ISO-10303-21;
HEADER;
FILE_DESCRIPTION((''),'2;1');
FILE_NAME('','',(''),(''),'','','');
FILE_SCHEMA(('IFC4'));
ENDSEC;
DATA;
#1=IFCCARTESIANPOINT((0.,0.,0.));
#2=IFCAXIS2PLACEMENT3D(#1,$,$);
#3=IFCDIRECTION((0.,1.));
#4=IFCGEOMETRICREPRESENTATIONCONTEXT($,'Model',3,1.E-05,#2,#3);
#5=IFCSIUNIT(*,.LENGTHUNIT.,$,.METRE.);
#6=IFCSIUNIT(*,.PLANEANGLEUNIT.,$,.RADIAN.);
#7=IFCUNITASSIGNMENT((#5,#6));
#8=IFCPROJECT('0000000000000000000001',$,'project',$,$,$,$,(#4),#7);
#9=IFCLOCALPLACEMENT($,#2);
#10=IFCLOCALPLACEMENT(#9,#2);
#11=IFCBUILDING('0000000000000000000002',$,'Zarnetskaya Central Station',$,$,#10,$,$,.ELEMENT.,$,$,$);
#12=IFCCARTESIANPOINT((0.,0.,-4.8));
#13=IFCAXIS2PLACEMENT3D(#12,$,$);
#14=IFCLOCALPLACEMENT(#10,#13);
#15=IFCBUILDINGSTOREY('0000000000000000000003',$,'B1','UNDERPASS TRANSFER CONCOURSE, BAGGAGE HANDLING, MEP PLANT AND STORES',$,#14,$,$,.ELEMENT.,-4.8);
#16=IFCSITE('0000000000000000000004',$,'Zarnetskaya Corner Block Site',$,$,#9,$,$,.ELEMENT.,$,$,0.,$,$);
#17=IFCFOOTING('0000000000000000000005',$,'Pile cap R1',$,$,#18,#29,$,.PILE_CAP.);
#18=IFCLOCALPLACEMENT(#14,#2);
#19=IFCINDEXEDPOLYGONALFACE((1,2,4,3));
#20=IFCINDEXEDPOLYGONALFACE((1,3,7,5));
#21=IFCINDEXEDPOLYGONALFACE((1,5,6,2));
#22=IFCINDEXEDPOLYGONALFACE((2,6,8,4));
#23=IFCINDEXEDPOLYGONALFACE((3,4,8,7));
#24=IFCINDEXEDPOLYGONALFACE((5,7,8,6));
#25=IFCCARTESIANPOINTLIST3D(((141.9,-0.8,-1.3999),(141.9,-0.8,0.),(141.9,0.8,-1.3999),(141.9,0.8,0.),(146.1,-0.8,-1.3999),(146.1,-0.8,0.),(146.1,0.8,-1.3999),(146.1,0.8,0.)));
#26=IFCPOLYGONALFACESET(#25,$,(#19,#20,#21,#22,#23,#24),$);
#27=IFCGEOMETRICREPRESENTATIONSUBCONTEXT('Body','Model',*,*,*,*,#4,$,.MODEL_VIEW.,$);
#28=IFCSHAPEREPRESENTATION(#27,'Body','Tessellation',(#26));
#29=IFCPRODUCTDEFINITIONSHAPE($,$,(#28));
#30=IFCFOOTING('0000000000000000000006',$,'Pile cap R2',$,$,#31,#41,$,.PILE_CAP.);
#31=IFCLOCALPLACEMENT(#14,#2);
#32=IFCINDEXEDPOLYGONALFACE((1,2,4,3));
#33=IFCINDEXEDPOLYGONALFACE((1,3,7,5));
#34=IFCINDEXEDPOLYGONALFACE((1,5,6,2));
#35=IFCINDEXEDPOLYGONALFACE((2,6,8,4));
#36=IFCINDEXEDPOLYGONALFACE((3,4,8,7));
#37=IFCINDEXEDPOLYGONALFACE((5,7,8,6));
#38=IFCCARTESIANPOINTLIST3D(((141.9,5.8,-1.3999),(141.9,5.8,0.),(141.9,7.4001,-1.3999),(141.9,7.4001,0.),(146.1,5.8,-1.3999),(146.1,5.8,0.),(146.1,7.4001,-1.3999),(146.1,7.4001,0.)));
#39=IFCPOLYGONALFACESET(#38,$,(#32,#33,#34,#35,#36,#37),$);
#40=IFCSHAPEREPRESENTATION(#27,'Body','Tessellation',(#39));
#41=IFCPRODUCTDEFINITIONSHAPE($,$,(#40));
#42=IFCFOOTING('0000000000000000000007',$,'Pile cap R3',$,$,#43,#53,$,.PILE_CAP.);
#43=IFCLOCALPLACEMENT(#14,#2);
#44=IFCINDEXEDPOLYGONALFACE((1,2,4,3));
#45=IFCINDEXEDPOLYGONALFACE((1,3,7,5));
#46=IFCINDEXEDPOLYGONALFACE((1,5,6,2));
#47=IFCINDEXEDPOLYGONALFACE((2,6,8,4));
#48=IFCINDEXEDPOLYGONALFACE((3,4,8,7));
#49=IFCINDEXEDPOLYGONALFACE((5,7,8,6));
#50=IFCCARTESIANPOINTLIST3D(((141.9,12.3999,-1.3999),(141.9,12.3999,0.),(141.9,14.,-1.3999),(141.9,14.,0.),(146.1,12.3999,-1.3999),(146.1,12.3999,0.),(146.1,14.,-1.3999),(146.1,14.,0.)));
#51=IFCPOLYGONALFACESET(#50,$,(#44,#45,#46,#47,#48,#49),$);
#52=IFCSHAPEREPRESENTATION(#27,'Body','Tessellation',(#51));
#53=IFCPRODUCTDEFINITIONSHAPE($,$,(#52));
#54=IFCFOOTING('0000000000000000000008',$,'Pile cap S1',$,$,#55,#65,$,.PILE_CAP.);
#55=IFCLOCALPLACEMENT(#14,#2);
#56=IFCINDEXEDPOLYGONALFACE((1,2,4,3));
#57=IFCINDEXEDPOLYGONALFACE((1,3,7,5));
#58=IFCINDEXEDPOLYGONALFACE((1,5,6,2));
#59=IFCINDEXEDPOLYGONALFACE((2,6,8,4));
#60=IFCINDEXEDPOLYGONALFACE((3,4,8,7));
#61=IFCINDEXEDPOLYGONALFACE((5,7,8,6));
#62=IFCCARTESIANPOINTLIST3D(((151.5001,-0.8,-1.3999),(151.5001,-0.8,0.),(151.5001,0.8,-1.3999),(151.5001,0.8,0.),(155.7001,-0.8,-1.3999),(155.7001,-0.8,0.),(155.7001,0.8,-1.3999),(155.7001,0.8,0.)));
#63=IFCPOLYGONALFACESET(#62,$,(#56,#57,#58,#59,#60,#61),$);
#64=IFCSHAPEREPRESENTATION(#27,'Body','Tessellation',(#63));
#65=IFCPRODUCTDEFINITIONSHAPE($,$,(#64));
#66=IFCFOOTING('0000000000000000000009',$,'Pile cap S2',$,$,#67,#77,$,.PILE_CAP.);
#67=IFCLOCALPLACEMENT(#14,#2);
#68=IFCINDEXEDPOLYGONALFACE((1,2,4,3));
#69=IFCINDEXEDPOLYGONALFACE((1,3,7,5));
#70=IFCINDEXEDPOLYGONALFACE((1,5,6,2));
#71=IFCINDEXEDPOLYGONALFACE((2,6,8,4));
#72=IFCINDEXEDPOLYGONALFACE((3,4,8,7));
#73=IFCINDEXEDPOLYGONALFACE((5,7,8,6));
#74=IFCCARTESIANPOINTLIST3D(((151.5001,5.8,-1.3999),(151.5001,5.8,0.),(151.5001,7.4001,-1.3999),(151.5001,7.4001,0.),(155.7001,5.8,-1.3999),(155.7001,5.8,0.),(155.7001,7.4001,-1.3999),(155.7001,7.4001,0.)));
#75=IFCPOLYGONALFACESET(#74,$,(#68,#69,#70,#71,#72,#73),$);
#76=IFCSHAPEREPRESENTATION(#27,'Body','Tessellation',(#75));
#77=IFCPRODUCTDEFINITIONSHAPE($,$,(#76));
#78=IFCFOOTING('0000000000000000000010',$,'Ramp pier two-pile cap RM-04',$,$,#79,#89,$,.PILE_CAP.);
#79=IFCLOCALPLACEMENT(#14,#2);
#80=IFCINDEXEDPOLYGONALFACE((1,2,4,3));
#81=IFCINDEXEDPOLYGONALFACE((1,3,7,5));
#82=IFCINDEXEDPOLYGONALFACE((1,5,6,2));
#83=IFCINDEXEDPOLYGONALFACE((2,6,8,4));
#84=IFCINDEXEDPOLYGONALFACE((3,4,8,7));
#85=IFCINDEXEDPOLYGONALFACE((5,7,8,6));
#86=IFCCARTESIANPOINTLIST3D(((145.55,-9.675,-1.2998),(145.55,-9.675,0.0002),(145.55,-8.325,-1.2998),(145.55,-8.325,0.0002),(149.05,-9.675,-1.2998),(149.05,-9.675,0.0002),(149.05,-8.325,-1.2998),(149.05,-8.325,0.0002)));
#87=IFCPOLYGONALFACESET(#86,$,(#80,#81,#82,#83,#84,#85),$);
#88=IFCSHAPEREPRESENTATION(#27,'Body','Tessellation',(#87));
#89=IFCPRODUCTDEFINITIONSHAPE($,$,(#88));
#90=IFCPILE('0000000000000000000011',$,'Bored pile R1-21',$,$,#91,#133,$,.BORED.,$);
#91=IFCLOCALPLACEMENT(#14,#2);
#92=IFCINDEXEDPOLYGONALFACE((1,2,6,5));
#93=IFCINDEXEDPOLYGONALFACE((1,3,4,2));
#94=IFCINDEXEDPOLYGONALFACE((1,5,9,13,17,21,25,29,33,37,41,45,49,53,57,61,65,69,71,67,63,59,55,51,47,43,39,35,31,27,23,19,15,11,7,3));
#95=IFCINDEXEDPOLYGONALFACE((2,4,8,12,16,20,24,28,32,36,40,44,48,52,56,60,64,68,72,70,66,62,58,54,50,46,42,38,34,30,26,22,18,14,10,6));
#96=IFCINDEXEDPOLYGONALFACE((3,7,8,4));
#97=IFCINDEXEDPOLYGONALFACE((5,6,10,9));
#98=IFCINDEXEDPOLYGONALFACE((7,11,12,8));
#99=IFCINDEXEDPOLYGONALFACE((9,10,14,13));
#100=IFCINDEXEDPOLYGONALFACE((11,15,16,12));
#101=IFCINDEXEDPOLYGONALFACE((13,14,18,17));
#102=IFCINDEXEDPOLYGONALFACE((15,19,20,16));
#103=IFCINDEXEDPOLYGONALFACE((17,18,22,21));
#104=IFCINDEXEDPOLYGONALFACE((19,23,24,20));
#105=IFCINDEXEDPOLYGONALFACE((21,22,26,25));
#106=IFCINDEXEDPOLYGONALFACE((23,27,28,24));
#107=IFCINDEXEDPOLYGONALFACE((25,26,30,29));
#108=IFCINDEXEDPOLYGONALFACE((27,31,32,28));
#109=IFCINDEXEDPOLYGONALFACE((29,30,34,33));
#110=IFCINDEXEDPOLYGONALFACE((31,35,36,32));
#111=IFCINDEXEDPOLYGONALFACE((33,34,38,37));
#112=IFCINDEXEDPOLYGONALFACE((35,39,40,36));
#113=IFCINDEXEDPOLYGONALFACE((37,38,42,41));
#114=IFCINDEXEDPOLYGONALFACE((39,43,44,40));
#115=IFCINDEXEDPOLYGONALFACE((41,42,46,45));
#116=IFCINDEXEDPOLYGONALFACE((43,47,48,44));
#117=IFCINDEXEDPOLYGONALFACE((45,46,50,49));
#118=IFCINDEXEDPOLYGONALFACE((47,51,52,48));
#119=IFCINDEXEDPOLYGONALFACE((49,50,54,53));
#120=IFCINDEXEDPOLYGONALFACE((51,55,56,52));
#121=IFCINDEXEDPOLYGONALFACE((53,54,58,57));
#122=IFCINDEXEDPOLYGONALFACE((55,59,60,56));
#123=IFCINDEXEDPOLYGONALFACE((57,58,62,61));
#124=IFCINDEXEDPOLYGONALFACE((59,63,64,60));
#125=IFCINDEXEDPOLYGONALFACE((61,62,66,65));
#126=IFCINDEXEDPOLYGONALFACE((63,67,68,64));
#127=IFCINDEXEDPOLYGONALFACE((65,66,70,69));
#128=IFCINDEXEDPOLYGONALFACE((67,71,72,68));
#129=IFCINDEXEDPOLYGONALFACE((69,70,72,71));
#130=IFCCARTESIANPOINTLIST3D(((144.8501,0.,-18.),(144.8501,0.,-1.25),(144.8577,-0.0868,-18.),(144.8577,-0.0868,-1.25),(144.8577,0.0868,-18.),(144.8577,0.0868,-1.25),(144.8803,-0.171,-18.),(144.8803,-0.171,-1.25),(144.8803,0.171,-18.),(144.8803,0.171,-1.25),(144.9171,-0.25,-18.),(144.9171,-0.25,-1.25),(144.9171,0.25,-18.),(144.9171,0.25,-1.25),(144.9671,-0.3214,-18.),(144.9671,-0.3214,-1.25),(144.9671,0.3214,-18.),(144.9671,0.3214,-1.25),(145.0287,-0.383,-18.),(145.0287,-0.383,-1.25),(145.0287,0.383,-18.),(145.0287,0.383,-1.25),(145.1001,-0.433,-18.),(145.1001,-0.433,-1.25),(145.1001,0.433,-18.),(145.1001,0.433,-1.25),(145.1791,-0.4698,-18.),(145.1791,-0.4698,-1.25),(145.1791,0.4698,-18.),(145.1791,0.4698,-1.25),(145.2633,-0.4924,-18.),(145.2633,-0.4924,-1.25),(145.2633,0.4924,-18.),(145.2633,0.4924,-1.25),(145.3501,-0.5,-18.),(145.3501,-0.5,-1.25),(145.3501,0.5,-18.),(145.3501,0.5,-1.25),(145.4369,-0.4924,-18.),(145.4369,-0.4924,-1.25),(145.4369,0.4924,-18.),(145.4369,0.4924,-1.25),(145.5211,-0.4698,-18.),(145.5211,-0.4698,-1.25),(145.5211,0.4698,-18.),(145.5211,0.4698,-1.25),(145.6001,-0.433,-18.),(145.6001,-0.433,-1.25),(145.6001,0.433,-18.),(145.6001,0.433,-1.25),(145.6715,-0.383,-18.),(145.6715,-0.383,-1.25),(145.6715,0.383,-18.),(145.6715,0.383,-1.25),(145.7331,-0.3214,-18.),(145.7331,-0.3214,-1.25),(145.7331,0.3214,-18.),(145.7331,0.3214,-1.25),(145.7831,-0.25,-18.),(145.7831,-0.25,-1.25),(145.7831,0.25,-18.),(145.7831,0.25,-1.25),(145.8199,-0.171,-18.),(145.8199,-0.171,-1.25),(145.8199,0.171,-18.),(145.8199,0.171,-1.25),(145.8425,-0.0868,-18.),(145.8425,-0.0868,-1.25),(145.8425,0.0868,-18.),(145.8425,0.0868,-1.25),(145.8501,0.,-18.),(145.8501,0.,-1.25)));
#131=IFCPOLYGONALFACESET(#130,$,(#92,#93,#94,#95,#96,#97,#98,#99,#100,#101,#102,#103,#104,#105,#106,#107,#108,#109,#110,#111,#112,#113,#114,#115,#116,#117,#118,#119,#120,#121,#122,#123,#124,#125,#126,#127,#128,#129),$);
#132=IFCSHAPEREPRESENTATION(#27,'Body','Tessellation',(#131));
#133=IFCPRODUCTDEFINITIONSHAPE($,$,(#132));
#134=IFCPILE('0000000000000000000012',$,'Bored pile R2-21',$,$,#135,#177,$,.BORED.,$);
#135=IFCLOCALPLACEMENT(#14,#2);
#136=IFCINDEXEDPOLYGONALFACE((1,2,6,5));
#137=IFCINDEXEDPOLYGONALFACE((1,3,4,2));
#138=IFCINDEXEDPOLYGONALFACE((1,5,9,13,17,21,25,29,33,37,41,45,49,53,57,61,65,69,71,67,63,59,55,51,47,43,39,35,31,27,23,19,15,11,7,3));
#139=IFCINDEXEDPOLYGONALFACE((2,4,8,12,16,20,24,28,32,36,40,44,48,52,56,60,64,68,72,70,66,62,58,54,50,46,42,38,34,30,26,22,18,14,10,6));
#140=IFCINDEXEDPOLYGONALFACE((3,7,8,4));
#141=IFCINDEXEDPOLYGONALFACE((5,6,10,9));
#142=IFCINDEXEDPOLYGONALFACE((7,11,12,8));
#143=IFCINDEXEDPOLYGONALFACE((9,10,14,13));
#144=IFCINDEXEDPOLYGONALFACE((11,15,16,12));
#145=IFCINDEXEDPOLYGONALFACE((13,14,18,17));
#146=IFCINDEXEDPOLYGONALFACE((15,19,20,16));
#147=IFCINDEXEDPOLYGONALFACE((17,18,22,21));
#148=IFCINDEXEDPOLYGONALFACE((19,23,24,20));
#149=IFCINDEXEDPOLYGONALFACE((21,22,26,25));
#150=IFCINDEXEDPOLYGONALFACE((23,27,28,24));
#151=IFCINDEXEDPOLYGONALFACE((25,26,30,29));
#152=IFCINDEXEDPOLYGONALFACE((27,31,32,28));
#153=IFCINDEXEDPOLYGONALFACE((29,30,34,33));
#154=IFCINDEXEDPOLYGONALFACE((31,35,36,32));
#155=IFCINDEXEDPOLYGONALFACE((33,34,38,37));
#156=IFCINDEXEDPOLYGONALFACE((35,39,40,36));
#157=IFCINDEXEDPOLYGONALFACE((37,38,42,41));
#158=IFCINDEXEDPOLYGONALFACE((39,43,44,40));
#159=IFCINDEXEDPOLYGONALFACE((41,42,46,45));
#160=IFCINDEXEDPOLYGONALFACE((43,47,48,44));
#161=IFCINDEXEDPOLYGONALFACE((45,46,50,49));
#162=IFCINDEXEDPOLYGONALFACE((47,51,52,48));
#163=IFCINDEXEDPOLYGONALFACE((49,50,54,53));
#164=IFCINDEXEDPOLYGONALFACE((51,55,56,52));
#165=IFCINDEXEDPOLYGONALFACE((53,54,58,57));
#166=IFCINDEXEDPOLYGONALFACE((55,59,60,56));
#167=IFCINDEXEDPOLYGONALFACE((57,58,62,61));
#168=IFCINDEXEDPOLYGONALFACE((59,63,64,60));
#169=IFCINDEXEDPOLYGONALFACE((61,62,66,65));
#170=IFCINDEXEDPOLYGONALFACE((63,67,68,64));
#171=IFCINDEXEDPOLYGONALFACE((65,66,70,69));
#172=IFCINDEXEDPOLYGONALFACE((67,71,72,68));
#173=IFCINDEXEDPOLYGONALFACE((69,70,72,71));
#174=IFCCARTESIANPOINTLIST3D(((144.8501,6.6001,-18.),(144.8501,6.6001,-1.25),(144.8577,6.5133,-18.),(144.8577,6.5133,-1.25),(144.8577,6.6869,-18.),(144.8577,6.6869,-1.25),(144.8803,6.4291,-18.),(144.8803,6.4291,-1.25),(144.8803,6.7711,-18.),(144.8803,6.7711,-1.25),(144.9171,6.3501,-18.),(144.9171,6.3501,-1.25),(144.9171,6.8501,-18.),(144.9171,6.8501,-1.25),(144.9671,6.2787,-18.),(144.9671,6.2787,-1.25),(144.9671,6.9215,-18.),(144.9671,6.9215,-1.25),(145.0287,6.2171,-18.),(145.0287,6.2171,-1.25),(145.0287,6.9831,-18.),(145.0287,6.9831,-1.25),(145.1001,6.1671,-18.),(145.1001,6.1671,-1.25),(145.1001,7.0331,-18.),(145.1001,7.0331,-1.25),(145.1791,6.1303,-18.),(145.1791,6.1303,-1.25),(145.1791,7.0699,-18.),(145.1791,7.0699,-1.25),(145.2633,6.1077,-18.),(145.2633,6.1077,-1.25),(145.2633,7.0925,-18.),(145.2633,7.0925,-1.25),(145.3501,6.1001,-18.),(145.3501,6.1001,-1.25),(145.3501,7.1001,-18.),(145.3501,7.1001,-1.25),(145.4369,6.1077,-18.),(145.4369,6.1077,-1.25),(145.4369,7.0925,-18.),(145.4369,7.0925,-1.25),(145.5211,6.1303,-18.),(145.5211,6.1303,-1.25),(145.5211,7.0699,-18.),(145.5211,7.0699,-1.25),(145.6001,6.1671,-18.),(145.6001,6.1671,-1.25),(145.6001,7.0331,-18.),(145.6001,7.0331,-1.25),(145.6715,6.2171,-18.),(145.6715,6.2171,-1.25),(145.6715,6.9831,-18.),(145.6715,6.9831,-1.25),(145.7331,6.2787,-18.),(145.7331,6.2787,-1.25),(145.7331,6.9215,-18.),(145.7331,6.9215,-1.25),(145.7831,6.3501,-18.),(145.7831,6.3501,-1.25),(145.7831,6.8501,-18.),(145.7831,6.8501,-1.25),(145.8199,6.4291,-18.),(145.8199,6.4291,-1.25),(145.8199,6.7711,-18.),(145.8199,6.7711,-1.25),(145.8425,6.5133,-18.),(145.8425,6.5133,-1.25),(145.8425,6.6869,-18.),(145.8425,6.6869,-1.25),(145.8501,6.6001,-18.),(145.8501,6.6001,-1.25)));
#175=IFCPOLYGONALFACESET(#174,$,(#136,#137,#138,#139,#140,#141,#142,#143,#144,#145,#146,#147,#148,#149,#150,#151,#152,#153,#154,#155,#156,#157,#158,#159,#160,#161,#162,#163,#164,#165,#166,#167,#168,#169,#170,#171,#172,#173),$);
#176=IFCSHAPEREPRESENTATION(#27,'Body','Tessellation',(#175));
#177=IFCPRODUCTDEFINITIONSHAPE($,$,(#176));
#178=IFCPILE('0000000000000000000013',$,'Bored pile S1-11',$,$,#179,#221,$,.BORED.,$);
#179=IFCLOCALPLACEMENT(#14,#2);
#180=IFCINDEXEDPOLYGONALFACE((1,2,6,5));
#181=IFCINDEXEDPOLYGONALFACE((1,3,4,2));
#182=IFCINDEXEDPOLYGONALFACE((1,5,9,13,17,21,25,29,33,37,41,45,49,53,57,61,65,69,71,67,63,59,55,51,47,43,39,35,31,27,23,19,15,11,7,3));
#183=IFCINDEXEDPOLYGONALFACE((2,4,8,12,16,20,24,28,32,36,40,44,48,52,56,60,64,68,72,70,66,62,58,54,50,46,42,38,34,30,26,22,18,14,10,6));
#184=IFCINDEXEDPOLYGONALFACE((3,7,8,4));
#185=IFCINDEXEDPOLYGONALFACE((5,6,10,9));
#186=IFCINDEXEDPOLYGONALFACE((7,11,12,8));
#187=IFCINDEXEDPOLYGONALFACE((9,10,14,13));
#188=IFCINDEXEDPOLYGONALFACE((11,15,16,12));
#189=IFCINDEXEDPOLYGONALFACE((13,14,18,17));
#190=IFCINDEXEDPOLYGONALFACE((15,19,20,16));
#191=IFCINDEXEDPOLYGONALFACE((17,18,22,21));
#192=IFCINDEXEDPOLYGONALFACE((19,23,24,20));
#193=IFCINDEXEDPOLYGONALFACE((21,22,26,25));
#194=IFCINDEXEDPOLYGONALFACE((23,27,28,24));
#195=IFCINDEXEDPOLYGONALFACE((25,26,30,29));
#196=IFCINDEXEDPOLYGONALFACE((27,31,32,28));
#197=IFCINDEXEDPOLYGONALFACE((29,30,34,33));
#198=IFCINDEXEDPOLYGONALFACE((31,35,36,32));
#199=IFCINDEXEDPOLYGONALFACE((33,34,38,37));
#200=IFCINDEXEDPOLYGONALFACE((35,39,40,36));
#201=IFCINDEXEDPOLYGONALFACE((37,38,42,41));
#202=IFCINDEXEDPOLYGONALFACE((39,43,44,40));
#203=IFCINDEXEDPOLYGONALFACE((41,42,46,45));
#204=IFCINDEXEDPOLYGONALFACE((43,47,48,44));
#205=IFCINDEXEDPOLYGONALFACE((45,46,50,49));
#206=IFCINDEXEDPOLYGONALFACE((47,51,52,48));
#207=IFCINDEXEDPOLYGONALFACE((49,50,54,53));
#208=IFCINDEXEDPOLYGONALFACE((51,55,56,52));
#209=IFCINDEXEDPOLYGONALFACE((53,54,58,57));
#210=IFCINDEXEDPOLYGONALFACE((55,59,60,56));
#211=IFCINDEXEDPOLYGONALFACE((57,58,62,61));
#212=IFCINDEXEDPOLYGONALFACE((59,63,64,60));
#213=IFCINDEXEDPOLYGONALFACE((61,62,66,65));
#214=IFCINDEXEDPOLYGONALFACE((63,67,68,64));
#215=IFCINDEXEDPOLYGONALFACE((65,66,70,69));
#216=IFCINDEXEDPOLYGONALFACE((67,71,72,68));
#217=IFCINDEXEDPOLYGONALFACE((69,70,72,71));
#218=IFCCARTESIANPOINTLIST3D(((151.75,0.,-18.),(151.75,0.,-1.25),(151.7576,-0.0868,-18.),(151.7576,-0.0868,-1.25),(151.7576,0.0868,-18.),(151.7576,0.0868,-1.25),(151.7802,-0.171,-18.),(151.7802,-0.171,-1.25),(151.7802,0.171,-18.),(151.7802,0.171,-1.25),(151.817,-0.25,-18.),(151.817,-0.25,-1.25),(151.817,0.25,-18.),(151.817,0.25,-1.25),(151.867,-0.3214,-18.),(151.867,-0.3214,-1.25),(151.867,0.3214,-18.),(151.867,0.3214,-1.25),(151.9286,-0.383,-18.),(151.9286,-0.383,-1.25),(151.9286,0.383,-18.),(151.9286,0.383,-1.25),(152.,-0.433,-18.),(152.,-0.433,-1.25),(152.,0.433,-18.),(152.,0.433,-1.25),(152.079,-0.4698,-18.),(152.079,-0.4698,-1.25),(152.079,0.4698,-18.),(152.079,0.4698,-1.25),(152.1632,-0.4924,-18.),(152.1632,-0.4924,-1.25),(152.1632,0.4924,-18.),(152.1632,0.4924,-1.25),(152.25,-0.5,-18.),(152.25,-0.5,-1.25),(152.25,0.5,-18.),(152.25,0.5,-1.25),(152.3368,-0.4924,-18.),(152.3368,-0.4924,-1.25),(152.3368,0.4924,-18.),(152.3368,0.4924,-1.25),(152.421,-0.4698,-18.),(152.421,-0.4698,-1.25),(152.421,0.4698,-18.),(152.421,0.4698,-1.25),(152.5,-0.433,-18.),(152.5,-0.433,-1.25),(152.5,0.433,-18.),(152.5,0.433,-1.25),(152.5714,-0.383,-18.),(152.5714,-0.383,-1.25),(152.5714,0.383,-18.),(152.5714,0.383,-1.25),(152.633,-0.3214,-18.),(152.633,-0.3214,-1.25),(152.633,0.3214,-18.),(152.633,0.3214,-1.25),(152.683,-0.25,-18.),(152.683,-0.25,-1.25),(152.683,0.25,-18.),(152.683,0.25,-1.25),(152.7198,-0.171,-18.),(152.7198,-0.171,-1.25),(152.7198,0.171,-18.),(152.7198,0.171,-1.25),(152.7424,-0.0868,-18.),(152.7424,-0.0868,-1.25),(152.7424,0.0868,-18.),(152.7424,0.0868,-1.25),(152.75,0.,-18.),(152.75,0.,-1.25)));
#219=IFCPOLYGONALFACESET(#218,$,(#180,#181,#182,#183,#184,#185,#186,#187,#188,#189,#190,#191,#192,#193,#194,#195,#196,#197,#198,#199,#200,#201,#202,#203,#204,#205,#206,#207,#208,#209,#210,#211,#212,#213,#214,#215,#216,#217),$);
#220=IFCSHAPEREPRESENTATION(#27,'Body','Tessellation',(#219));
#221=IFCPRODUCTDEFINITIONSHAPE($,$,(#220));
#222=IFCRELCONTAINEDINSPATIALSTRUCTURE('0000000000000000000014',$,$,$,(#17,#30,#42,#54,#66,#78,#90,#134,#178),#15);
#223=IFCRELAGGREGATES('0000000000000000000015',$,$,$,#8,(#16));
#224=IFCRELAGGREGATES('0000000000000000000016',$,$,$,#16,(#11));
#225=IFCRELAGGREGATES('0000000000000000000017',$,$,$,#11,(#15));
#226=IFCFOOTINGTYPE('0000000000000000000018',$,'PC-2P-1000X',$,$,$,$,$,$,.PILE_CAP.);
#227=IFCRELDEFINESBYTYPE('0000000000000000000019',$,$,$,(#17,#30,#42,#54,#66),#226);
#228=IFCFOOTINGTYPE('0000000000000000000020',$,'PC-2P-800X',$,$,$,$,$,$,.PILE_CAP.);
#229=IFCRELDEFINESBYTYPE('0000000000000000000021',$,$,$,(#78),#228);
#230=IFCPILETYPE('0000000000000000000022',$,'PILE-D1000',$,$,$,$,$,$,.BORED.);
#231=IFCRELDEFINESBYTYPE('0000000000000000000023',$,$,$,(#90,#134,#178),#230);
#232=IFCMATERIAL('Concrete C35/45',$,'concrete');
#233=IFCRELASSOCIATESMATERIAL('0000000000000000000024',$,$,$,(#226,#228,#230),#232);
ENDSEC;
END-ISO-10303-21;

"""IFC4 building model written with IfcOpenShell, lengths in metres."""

from ifc_helpers import new_model, si_unit, direction, frame, origin, origin_2d, place, context, subcontext, project, spatial, rectangle, circle, extrude, material, material_profile, profile_set, type_object, element, save


model = new_model("IFC4")

# Units and contexts
model_context = context("Model", 3, precision=1e-05, world=origin(), true_north=direction((0.0, 1.0)))
body_context = subcontext(model_context, "Body", "Model", "MODEL_VIEW")
ifc_project = project(units=[si_unit("LENGTHUNIT", "METRE"), si_unit("PLANEANGLEUNIT", "RADIAN")], contexts=[model_context])

# Site, building, storey
site_placement = place(None, origin())
site = spatial("IfcSite", under=ifc_project, at=site_placement, Name="Zarnetskaya Corner Block Site", CompositionType="ELEMENT", RefElevation=0.0)
building_placement = place(site_placement, origin())
building = spatial("IfcBuilding", under=site, at=building_placement, Name="Zarnetskaya Central Station", CompositionType="ELEMENT")
storey_placement = place(building_placement, frame((0.0, 0.0, -4.8)))
storey = spatial("IfcBuildingStorey", under=building, at=storey_placement, Name="B1", Description="UNDERPASS TRANSFER CONCOURSE, BAGGAGE HANDLING, MEP PLANT AND STORES", CompositionType="ELEMENT", Elevation=-4.8)

# Footings
ifc_material = material(Name="Concrete C35/45", Category="concrete")
footing_type_1 = type_object("IfcFootingType", Name="PC-2P-1000X", PredefinedType="PILE_CAP", material=ifc_material)
for number, where, z_axis, x_axis, name in (
    (1, (144.0, 0.0, -1.3999), (0.0, 0.0, 1.0), (1.0, 0.0, 0.0), "Pile cap R1"),
    (2, (144.0, 6.6001, -1.3999), (0.0, 0.0, 1.0), (1.0, 0.0, 0.0), "Pile cap R2"),
    (3, (144.0, 13.2, -1.3999), (0.0, 0.0, 1.0), (1.0, 0.0, 0.0), "Pile cap R3"),
    (4, (153.6001, 0.0, -1.3999), (0.0, 0.0, 1.0), (1.0, 0.0, 0.0), "Pile cap S1"),
    (5, (153.6001, 6.6001, -1.3999), (0.0, 0.0, 1.0), (1.0, 0.0, 0.0), "Pile cap S2"),
):
    element("IfcFooting", number, at=place(storey_placement, frame(where, z_axis=z_axis, x_axis=x_axis)), inside=storey, type_object=footing_type_1, Name=name, PredefinedType="PILE_CAP", context=body_context, shape_type="SweptSolid", body=[
        extrude(rectangle(XDim=4.2, YDim=1.6001, at=origin_2d()), origin(), (0.0, 0.0, 1.0), 1.3999),
    ])
footing_type_2 = type_object("IfcFootingType", Name="PC-2P-800X", PredefinedType="PILE_CAP", material=ifc_material)
footing_placement = place(storey_placement, frame((147.3, -9.0, -1.2998), z_axis=(0.0, 0.0, 1.0), x_axis=(1.0, 0.0, 0.0)))
element("IfcFooting", 6, at=footing_placement, inside=storey, type_object=footing_type_2, Name="Ramp pier two-pile cap RM-04", PredefinedType="PILE_CAP", context=body_context, shape_type="SweptSolid", body=[
    extrude(rectangle(XDim=3.5, YDim=1.3501, at=origin_2d()), origin(), (0.0, 0.0, 1.0), 1.3),
])

# Piles
ifc_material_profile_1 = material_profile(ifc_material, circle(Radius=0.5, at=origin_2d()), Name="BORED PILE D1000")
ifc_profile_set_1 = profile_set([ifc_material_profile_1], Name="Concrete C35/45")
pile_type_1 = type_object("IfcPileType", Name="PILE-D1000", PredefinedType="BORED", material=ifc_profile_set_1)
for number, where, z_axis, x_axis, name in (
    (7, (145.3501, 0.0, -1.25), (0.0, 0.0, -1.0), (1.0, 0.0, 0.0), "Bored pile R1-21"),
    (8, (145.3501, 6.6001, -1.25), (0.0, 0.0, -1.0), (1.0, 0.0, 0.0), "Bored pile R2-21"),
    (9, (152.25, 0.0, -1.25), (0.0, 0.0, -1.0), (1.0, 0.0, 0.0), "Bored pile S1-11"),
):
    element("IfcPile", number, at=place(storey_placement, frame(where, z_axis=z_axis, x_axis=x_axis)), inside=storey, type_object=pile_type_1, Name=name, PredefinedType="BORED", context=body_context, shape_type="SweptSolid", body=[
        extrude(circle(Radius=0.5, at=origin_2d()), origin(), (0.0, 0.0, 1.0), 16.75),
    ])

save(model, "model.ifc")
